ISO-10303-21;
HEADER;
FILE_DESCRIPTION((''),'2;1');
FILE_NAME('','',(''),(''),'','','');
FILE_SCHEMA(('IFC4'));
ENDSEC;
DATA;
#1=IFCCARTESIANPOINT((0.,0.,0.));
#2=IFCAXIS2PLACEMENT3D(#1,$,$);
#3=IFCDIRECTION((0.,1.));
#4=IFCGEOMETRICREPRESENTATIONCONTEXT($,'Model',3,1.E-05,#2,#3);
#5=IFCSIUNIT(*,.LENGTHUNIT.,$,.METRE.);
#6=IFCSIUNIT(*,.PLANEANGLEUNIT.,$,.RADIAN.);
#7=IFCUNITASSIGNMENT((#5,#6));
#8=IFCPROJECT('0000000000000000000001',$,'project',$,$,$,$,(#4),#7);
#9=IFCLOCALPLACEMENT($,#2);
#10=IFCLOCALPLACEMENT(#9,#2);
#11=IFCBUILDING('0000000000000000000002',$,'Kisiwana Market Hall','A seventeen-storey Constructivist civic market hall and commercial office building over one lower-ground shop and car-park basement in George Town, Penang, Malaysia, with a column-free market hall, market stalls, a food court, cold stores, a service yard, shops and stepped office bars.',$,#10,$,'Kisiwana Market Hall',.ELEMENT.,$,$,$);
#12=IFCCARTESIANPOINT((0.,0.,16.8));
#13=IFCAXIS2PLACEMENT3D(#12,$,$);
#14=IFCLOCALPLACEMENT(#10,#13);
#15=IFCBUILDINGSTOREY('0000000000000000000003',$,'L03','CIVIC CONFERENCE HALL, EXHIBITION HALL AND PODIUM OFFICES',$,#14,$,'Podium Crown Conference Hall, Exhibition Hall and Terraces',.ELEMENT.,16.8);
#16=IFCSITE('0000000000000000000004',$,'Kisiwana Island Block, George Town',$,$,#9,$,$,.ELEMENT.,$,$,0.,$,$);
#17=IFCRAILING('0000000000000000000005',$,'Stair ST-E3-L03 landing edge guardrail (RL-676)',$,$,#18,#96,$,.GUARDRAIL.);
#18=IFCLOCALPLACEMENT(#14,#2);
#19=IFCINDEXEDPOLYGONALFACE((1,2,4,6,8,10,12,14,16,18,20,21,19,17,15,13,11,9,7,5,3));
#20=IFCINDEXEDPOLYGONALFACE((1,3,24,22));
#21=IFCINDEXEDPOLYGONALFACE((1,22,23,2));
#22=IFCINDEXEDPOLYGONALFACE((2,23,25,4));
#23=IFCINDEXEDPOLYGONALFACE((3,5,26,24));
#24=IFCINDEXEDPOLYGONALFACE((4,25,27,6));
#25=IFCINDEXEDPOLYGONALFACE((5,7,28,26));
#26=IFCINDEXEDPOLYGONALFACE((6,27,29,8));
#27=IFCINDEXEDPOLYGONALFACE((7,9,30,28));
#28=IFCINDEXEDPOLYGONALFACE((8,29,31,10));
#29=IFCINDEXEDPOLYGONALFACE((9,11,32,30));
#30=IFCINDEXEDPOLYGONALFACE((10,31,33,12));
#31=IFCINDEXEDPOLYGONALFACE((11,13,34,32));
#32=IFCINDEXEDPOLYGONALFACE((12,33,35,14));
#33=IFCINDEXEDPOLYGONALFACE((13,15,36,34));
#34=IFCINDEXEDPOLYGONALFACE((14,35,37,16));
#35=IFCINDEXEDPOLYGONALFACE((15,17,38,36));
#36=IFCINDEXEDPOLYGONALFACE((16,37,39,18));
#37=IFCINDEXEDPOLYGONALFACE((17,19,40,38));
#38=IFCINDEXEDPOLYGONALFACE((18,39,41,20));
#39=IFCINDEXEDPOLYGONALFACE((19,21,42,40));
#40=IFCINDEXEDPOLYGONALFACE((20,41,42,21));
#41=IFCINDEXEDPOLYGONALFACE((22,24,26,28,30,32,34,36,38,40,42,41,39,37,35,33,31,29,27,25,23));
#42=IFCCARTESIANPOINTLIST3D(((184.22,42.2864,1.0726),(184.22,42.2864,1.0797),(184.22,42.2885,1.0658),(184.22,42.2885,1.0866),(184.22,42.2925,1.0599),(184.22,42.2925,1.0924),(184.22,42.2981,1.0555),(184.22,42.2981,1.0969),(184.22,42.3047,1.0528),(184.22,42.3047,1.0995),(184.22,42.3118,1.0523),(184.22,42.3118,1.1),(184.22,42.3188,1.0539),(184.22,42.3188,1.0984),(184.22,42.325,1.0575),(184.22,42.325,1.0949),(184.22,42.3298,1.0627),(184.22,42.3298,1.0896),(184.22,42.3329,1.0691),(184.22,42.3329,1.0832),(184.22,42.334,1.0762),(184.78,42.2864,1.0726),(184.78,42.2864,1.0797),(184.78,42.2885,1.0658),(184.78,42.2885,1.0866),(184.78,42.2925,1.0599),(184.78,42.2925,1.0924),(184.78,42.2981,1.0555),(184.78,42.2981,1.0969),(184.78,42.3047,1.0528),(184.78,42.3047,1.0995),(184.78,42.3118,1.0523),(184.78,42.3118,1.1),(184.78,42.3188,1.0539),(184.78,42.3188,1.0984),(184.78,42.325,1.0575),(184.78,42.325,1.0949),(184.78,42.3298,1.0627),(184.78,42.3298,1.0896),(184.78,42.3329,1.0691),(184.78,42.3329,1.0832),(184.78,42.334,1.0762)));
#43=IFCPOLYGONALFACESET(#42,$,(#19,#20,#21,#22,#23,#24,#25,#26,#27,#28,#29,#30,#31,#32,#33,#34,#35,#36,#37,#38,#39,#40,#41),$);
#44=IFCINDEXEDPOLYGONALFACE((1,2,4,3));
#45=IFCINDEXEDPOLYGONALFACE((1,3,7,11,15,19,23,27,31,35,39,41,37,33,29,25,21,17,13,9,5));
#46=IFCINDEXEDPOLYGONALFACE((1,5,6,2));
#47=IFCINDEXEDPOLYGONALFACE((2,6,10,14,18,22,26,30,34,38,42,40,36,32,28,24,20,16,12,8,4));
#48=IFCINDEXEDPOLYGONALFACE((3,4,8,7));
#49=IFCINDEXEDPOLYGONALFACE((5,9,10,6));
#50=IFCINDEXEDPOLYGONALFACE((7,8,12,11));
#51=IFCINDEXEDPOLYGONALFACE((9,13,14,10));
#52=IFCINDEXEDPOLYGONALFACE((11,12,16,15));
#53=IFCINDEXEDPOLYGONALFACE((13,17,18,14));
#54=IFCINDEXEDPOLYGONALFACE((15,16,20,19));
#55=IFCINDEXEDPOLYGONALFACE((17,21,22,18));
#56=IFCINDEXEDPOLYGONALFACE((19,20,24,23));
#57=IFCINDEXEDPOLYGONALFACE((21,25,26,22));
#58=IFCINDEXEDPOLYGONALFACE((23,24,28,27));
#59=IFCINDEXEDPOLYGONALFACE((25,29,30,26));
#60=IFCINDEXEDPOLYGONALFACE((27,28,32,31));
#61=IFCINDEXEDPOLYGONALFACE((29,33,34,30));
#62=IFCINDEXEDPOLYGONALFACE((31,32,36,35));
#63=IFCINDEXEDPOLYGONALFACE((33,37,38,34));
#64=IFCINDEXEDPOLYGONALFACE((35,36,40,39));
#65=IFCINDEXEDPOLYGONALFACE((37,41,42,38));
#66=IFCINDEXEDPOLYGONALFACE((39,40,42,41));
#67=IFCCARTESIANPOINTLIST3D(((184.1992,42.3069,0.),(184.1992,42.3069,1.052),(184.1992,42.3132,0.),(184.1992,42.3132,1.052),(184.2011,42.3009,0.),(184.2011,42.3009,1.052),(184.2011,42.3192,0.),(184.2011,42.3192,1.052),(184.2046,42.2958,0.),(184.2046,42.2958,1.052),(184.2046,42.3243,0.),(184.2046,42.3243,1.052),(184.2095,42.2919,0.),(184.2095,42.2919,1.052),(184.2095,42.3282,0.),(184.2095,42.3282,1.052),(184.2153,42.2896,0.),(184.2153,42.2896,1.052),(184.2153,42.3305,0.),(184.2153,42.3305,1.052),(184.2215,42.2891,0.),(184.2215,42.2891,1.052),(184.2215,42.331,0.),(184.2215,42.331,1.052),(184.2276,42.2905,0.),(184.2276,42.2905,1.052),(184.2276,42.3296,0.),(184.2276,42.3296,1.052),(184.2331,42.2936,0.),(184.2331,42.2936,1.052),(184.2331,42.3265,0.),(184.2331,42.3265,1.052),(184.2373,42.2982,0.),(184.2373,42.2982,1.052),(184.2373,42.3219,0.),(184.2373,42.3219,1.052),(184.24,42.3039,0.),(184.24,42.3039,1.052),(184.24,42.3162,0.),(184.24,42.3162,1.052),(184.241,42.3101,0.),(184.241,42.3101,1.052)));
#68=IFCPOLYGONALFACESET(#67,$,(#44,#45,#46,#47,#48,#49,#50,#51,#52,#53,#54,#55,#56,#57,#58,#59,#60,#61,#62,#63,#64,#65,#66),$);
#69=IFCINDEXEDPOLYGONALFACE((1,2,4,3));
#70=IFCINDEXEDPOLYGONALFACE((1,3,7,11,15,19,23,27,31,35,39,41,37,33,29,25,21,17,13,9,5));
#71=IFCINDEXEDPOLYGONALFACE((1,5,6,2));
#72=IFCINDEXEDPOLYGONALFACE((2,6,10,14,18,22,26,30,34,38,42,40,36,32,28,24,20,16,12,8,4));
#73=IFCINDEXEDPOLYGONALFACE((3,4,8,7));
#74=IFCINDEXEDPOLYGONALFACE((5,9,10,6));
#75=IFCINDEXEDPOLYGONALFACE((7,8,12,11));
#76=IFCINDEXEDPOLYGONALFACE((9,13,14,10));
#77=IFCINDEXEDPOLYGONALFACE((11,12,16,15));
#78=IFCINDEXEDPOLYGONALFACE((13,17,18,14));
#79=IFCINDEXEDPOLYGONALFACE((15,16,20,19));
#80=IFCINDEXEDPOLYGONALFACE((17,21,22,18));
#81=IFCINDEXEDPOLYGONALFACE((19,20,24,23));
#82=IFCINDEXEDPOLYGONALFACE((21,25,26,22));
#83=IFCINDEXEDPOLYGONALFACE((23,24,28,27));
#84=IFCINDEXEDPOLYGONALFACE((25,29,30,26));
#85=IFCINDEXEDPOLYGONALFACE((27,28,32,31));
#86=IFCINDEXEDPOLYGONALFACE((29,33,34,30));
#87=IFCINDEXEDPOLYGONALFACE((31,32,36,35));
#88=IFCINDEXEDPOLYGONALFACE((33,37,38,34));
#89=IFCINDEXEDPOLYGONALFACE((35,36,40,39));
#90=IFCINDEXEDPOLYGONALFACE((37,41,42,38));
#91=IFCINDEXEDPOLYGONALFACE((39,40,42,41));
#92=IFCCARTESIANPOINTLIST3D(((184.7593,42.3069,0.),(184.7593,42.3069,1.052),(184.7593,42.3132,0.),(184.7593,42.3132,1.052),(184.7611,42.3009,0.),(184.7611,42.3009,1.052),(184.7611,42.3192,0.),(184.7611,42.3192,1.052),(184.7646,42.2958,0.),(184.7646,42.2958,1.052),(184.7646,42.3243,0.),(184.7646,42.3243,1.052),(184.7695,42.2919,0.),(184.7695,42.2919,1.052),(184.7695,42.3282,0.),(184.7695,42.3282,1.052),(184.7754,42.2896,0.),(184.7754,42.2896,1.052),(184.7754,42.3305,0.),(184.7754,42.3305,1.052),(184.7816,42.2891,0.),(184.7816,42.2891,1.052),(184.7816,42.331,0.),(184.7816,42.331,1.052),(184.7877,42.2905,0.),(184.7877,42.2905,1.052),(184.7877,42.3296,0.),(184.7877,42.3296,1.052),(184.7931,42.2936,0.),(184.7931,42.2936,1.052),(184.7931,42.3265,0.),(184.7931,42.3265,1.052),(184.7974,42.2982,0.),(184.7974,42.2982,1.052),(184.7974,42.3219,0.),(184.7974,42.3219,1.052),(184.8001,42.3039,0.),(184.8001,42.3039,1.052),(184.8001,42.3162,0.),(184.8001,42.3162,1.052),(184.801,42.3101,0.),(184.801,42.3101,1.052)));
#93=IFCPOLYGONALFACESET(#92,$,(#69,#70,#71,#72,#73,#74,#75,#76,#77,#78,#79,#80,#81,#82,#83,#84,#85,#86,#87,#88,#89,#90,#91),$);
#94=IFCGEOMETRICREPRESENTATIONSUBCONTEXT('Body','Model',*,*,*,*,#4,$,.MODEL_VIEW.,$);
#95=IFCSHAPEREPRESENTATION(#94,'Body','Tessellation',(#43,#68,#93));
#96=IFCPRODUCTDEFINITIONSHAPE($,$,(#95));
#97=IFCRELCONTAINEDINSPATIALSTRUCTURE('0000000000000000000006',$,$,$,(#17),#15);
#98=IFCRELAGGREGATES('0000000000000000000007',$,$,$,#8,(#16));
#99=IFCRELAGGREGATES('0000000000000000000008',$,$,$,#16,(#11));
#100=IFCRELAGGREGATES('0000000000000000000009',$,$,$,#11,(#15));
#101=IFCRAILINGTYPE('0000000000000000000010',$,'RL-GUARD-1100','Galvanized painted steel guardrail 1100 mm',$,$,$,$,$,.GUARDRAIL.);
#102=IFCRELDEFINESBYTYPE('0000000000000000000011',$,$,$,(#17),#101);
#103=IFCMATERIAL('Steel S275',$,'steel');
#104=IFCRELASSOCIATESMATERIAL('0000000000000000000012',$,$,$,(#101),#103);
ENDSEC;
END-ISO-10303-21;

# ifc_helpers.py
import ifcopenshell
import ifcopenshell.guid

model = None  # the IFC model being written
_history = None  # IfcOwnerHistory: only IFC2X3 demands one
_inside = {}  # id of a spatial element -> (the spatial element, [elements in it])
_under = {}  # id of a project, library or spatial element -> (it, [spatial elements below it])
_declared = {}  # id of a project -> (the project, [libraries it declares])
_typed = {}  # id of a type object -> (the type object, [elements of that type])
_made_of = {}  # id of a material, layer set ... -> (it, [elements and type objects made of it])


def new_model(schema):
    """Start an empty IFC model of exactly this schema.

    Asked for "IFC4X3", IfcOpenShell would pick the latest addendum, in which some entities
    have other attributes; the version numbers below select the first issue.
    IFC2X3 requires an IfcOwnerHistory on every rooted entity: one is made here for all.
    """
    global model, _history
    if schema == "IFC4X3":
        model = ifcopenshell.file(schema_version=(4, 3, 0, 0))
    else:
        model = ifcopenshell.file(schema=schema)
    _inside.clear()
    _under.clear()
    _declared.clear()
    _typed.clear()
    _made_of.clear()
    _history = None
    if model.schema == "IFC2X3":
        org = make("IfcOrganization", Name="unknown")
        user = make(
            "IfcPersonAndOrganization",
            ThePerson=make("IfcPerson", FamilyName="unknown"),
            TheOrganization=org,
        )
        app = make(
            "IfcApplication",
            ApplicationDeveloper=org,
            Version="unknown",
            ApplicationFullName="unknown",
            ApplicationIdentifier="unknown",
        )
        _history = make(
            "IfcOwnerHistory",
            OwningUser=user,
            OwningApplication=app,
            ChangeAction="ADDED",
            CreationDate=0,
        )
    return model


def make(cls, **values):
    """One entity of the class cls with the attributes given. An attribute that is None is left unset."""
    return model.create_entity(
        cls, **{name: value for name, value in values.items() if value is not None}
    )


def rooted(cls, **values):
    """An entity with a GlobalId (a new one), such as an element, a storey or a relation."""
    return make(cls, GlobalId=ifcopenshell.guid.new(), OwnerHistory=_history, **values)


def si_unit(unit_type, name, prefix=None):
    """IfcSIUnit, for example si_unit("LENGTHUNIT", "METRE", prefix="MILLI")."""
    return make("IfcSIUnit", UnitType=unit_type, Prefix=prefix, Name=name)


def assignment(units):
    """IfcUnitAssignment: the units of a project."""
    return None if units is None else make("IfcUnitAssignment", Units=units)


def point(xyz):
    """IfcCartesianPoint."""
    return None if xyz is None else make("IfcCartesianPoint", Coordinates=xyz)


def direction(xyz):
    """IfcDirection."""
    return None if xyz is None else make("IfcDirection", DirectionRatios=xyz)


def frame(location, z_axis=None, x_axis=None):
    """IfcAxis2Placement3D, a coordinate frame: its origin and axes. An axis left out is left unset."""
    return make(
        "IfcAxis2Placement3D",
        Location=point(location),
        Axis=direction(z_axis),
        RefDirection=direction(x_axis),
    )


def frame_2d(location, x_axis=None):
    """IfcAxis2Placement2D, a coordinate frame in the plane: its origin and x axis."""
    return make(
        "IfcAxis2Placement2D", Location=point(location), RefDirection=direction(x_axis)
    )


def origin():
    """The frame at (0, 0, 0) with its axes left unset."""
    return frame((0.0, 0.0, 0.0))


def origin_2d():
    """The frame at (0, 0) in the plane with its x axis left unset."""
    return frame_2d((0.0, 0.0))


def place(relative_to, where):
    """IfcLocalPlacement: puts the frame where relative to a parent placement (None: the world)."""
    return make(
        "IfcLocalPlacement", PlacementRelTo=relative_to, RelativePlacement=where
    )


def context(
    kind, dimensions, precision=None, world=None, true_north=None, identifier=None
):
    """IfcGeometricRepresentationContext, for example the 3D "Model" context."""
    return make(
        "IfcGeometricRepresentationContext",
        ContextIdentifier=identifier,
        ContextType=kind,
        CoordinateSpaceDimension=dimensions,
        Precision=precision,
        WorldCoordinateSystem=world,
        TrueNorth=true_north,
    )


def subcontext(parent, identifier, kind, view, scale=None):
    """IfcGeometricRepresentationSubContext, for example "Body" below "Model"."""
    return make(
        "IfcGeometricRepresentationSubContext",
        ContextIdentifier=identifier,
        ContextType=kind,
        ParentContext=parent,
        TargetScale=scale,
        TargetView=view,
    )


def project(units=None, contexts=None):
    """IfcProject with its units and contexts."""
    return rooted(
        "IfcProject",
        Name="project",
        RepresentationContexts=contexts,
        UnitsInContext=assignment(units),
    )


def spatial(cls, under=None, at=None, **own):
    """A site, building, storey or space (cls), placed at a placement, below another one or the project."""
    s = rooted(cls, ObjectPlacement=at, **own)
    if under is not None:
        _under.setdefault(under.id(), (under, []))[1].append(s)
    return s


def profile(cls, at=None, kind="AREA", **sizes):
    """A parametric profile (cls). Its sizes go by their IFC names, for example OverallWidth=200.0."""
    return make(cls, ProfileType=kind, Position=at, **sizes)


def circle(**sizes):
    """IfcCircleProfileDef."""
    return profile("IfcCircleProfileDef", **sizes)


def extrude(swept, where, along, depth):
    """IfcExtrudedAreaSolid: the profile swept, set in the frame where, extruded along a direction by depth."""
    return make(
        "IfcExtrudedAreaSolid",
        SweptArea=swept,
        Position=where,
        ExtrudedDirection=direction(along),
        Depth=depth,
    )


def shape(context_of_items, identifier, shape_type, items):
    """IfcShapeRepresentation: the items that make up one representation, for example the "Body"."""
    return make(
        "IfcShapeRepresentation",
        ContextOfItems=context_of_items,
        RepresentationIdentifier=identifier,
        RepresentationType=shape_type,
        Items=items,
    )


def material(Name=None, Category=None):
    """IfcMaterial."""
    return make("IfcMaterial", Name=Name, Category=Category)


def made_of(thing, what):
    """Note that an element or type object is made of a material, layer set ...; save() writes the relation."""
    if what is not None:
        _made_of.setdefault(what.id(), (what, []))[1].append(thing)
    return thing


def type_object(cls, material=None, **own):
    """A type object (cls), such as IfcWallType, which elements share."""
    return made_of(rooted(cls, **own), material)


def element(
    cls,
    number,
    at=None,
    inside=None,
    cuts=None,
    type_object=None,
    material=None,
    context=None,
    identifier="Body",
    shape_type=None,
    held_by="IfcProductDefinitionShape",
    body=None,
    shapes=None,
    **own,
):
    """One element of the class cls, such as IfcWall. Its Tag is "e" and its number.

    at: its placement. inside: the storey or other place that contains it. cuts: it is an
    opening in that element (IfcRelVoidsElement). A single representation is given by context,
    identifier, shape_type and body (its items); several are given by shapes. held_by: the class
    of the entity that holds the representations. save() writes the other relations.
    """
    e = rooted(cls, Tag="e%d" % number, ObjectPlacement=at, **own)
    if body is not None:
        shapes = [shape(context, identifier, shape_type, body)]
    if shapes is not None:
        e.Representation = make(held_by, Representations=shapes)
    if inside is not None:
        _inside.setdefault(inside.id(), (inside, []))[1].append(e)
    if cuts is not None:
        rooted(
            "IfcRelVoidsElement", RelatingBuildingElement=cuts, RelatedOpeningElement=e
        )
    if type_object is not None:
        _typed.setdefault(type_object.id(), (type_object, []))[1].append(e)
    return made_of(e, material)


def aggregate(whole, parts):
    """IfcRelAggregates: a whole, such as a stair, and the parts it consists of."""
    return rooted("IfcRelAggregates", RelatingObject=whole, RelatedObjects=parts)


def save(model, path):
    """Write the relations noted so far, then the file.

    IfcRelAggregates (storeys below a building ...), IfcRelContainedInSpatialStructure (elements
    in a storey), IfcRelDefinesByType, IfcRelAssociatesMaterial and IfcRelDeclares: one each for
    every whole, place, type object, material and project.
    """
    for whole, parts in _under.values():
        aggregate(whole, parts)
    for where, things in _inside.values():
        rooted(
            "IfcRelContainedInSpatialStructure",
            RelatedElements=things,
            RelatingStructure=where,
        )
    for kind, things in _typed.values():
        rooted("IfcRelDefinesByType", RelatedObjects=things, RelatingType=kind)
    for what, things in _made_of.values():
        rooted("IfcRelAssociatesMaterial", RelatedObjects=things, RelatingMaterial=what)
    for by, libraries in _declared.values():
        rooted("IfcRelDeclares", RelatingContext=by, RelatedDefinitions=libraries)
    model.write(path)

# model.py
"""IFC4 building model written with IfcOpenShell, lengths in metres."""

from ifc_helpers import new_model, si_unit, direction, frame, origin, origin_2d, place, context, subcontext, project, spatial, circle, extrude, material, type_object, element, save


model = new_model("IFC4")

# Units and contexts
model_context = context("Model", 3, precision=1e-05, world=origin(), true_north=direction((0.0, 1.0)))
body_context = subcontext(model_context, "Body", "Model", "MODEL_VIEW")
ifc_project = project(units=[si_unit("LENGTHUNIT", "METRE"), si_unit("PLANEANGLEUNIT", "RADIAN")], contexts=[model_context])

# Site, building, storey
site_placement = place(None, origin())
site = spatial("IfcSite", under=ifc_project, at=site_placement, Name="Kisiwana Island Block, George Town", CompositionType="ELEMENT", RefElevation=0.0)
building_placement = place(site_placement, origin())
building = spatial("IfcBuilding", under=site, at=building_placement, Name="Kisiwana Market Hall", Description="A seventeen-storey Constructivist civic market hall and commercial office building over one lower-ground shop and car-park basement in George Town, Penang, Malaysia, with a column-free market hall, market stalls, a food court, cold stores, a service yard, shops and stepped office bars.", LongName="Kisiwana Market Hall", CompositionType="ELEMENT")
storey_placement = place(building_placement, frame((0.0, 0.0, 16.8)))
storey = spatial("IfcBuildingStorey", under=building, at=storey_placement, Name="L03", Description="CIVIC CONFERENCE HALL, EXHIBITION HALL AND PODIUM OFFICES", LongName="Podium Crown Conference Hall, Exhibition Hall and Terraces", CompositionType="ELEMENT", Elevation=16.8)

# Railing
ifc_material_1 = material(Name="Steel S275", Category="steel")
railing_type_1 = type_object("IfcRailingType", Name="RL-GUARD-1100", Description="Galvanized painted steel guardrail 1100 mm", PredefinedType="GUARDRAIL", material=ifc_material_1)
railing_1_placement = place(storey_placement, frame((184.22, 42.3101, 0.0)))
element("IfcRailing", 1, at=railing_1_placement, inside=storey, type_object=railing_type_1, Name="Stair ST-E3-L03 landing edge guardrail (RL-676)", PredefinedType="GUARDRAIL", context=body_context, shape_type="SweptSolid", body=[
    extrude(circle(Radius=0.0239, at=origin_2d()), frame((0.0, 0.0, 1.0762), z_axis=(1.0, 0.0, 0.0), x_axis=(0.0, 1.0, 0.0)), (0.0, 0.0, 1.0), 0.5601),
    extrude(circle(Radius=0.021, at=origin_2d()), origin(), (0.0, 0.0, 1.0), 1.052),
    extrude(circle(Radius=0.021, at=origin_2d()), frame((0.5601, 0.0, 0.0)), (0.0, 0.0, 1.0), 1.052),
])

save(model, "model.ifc")
